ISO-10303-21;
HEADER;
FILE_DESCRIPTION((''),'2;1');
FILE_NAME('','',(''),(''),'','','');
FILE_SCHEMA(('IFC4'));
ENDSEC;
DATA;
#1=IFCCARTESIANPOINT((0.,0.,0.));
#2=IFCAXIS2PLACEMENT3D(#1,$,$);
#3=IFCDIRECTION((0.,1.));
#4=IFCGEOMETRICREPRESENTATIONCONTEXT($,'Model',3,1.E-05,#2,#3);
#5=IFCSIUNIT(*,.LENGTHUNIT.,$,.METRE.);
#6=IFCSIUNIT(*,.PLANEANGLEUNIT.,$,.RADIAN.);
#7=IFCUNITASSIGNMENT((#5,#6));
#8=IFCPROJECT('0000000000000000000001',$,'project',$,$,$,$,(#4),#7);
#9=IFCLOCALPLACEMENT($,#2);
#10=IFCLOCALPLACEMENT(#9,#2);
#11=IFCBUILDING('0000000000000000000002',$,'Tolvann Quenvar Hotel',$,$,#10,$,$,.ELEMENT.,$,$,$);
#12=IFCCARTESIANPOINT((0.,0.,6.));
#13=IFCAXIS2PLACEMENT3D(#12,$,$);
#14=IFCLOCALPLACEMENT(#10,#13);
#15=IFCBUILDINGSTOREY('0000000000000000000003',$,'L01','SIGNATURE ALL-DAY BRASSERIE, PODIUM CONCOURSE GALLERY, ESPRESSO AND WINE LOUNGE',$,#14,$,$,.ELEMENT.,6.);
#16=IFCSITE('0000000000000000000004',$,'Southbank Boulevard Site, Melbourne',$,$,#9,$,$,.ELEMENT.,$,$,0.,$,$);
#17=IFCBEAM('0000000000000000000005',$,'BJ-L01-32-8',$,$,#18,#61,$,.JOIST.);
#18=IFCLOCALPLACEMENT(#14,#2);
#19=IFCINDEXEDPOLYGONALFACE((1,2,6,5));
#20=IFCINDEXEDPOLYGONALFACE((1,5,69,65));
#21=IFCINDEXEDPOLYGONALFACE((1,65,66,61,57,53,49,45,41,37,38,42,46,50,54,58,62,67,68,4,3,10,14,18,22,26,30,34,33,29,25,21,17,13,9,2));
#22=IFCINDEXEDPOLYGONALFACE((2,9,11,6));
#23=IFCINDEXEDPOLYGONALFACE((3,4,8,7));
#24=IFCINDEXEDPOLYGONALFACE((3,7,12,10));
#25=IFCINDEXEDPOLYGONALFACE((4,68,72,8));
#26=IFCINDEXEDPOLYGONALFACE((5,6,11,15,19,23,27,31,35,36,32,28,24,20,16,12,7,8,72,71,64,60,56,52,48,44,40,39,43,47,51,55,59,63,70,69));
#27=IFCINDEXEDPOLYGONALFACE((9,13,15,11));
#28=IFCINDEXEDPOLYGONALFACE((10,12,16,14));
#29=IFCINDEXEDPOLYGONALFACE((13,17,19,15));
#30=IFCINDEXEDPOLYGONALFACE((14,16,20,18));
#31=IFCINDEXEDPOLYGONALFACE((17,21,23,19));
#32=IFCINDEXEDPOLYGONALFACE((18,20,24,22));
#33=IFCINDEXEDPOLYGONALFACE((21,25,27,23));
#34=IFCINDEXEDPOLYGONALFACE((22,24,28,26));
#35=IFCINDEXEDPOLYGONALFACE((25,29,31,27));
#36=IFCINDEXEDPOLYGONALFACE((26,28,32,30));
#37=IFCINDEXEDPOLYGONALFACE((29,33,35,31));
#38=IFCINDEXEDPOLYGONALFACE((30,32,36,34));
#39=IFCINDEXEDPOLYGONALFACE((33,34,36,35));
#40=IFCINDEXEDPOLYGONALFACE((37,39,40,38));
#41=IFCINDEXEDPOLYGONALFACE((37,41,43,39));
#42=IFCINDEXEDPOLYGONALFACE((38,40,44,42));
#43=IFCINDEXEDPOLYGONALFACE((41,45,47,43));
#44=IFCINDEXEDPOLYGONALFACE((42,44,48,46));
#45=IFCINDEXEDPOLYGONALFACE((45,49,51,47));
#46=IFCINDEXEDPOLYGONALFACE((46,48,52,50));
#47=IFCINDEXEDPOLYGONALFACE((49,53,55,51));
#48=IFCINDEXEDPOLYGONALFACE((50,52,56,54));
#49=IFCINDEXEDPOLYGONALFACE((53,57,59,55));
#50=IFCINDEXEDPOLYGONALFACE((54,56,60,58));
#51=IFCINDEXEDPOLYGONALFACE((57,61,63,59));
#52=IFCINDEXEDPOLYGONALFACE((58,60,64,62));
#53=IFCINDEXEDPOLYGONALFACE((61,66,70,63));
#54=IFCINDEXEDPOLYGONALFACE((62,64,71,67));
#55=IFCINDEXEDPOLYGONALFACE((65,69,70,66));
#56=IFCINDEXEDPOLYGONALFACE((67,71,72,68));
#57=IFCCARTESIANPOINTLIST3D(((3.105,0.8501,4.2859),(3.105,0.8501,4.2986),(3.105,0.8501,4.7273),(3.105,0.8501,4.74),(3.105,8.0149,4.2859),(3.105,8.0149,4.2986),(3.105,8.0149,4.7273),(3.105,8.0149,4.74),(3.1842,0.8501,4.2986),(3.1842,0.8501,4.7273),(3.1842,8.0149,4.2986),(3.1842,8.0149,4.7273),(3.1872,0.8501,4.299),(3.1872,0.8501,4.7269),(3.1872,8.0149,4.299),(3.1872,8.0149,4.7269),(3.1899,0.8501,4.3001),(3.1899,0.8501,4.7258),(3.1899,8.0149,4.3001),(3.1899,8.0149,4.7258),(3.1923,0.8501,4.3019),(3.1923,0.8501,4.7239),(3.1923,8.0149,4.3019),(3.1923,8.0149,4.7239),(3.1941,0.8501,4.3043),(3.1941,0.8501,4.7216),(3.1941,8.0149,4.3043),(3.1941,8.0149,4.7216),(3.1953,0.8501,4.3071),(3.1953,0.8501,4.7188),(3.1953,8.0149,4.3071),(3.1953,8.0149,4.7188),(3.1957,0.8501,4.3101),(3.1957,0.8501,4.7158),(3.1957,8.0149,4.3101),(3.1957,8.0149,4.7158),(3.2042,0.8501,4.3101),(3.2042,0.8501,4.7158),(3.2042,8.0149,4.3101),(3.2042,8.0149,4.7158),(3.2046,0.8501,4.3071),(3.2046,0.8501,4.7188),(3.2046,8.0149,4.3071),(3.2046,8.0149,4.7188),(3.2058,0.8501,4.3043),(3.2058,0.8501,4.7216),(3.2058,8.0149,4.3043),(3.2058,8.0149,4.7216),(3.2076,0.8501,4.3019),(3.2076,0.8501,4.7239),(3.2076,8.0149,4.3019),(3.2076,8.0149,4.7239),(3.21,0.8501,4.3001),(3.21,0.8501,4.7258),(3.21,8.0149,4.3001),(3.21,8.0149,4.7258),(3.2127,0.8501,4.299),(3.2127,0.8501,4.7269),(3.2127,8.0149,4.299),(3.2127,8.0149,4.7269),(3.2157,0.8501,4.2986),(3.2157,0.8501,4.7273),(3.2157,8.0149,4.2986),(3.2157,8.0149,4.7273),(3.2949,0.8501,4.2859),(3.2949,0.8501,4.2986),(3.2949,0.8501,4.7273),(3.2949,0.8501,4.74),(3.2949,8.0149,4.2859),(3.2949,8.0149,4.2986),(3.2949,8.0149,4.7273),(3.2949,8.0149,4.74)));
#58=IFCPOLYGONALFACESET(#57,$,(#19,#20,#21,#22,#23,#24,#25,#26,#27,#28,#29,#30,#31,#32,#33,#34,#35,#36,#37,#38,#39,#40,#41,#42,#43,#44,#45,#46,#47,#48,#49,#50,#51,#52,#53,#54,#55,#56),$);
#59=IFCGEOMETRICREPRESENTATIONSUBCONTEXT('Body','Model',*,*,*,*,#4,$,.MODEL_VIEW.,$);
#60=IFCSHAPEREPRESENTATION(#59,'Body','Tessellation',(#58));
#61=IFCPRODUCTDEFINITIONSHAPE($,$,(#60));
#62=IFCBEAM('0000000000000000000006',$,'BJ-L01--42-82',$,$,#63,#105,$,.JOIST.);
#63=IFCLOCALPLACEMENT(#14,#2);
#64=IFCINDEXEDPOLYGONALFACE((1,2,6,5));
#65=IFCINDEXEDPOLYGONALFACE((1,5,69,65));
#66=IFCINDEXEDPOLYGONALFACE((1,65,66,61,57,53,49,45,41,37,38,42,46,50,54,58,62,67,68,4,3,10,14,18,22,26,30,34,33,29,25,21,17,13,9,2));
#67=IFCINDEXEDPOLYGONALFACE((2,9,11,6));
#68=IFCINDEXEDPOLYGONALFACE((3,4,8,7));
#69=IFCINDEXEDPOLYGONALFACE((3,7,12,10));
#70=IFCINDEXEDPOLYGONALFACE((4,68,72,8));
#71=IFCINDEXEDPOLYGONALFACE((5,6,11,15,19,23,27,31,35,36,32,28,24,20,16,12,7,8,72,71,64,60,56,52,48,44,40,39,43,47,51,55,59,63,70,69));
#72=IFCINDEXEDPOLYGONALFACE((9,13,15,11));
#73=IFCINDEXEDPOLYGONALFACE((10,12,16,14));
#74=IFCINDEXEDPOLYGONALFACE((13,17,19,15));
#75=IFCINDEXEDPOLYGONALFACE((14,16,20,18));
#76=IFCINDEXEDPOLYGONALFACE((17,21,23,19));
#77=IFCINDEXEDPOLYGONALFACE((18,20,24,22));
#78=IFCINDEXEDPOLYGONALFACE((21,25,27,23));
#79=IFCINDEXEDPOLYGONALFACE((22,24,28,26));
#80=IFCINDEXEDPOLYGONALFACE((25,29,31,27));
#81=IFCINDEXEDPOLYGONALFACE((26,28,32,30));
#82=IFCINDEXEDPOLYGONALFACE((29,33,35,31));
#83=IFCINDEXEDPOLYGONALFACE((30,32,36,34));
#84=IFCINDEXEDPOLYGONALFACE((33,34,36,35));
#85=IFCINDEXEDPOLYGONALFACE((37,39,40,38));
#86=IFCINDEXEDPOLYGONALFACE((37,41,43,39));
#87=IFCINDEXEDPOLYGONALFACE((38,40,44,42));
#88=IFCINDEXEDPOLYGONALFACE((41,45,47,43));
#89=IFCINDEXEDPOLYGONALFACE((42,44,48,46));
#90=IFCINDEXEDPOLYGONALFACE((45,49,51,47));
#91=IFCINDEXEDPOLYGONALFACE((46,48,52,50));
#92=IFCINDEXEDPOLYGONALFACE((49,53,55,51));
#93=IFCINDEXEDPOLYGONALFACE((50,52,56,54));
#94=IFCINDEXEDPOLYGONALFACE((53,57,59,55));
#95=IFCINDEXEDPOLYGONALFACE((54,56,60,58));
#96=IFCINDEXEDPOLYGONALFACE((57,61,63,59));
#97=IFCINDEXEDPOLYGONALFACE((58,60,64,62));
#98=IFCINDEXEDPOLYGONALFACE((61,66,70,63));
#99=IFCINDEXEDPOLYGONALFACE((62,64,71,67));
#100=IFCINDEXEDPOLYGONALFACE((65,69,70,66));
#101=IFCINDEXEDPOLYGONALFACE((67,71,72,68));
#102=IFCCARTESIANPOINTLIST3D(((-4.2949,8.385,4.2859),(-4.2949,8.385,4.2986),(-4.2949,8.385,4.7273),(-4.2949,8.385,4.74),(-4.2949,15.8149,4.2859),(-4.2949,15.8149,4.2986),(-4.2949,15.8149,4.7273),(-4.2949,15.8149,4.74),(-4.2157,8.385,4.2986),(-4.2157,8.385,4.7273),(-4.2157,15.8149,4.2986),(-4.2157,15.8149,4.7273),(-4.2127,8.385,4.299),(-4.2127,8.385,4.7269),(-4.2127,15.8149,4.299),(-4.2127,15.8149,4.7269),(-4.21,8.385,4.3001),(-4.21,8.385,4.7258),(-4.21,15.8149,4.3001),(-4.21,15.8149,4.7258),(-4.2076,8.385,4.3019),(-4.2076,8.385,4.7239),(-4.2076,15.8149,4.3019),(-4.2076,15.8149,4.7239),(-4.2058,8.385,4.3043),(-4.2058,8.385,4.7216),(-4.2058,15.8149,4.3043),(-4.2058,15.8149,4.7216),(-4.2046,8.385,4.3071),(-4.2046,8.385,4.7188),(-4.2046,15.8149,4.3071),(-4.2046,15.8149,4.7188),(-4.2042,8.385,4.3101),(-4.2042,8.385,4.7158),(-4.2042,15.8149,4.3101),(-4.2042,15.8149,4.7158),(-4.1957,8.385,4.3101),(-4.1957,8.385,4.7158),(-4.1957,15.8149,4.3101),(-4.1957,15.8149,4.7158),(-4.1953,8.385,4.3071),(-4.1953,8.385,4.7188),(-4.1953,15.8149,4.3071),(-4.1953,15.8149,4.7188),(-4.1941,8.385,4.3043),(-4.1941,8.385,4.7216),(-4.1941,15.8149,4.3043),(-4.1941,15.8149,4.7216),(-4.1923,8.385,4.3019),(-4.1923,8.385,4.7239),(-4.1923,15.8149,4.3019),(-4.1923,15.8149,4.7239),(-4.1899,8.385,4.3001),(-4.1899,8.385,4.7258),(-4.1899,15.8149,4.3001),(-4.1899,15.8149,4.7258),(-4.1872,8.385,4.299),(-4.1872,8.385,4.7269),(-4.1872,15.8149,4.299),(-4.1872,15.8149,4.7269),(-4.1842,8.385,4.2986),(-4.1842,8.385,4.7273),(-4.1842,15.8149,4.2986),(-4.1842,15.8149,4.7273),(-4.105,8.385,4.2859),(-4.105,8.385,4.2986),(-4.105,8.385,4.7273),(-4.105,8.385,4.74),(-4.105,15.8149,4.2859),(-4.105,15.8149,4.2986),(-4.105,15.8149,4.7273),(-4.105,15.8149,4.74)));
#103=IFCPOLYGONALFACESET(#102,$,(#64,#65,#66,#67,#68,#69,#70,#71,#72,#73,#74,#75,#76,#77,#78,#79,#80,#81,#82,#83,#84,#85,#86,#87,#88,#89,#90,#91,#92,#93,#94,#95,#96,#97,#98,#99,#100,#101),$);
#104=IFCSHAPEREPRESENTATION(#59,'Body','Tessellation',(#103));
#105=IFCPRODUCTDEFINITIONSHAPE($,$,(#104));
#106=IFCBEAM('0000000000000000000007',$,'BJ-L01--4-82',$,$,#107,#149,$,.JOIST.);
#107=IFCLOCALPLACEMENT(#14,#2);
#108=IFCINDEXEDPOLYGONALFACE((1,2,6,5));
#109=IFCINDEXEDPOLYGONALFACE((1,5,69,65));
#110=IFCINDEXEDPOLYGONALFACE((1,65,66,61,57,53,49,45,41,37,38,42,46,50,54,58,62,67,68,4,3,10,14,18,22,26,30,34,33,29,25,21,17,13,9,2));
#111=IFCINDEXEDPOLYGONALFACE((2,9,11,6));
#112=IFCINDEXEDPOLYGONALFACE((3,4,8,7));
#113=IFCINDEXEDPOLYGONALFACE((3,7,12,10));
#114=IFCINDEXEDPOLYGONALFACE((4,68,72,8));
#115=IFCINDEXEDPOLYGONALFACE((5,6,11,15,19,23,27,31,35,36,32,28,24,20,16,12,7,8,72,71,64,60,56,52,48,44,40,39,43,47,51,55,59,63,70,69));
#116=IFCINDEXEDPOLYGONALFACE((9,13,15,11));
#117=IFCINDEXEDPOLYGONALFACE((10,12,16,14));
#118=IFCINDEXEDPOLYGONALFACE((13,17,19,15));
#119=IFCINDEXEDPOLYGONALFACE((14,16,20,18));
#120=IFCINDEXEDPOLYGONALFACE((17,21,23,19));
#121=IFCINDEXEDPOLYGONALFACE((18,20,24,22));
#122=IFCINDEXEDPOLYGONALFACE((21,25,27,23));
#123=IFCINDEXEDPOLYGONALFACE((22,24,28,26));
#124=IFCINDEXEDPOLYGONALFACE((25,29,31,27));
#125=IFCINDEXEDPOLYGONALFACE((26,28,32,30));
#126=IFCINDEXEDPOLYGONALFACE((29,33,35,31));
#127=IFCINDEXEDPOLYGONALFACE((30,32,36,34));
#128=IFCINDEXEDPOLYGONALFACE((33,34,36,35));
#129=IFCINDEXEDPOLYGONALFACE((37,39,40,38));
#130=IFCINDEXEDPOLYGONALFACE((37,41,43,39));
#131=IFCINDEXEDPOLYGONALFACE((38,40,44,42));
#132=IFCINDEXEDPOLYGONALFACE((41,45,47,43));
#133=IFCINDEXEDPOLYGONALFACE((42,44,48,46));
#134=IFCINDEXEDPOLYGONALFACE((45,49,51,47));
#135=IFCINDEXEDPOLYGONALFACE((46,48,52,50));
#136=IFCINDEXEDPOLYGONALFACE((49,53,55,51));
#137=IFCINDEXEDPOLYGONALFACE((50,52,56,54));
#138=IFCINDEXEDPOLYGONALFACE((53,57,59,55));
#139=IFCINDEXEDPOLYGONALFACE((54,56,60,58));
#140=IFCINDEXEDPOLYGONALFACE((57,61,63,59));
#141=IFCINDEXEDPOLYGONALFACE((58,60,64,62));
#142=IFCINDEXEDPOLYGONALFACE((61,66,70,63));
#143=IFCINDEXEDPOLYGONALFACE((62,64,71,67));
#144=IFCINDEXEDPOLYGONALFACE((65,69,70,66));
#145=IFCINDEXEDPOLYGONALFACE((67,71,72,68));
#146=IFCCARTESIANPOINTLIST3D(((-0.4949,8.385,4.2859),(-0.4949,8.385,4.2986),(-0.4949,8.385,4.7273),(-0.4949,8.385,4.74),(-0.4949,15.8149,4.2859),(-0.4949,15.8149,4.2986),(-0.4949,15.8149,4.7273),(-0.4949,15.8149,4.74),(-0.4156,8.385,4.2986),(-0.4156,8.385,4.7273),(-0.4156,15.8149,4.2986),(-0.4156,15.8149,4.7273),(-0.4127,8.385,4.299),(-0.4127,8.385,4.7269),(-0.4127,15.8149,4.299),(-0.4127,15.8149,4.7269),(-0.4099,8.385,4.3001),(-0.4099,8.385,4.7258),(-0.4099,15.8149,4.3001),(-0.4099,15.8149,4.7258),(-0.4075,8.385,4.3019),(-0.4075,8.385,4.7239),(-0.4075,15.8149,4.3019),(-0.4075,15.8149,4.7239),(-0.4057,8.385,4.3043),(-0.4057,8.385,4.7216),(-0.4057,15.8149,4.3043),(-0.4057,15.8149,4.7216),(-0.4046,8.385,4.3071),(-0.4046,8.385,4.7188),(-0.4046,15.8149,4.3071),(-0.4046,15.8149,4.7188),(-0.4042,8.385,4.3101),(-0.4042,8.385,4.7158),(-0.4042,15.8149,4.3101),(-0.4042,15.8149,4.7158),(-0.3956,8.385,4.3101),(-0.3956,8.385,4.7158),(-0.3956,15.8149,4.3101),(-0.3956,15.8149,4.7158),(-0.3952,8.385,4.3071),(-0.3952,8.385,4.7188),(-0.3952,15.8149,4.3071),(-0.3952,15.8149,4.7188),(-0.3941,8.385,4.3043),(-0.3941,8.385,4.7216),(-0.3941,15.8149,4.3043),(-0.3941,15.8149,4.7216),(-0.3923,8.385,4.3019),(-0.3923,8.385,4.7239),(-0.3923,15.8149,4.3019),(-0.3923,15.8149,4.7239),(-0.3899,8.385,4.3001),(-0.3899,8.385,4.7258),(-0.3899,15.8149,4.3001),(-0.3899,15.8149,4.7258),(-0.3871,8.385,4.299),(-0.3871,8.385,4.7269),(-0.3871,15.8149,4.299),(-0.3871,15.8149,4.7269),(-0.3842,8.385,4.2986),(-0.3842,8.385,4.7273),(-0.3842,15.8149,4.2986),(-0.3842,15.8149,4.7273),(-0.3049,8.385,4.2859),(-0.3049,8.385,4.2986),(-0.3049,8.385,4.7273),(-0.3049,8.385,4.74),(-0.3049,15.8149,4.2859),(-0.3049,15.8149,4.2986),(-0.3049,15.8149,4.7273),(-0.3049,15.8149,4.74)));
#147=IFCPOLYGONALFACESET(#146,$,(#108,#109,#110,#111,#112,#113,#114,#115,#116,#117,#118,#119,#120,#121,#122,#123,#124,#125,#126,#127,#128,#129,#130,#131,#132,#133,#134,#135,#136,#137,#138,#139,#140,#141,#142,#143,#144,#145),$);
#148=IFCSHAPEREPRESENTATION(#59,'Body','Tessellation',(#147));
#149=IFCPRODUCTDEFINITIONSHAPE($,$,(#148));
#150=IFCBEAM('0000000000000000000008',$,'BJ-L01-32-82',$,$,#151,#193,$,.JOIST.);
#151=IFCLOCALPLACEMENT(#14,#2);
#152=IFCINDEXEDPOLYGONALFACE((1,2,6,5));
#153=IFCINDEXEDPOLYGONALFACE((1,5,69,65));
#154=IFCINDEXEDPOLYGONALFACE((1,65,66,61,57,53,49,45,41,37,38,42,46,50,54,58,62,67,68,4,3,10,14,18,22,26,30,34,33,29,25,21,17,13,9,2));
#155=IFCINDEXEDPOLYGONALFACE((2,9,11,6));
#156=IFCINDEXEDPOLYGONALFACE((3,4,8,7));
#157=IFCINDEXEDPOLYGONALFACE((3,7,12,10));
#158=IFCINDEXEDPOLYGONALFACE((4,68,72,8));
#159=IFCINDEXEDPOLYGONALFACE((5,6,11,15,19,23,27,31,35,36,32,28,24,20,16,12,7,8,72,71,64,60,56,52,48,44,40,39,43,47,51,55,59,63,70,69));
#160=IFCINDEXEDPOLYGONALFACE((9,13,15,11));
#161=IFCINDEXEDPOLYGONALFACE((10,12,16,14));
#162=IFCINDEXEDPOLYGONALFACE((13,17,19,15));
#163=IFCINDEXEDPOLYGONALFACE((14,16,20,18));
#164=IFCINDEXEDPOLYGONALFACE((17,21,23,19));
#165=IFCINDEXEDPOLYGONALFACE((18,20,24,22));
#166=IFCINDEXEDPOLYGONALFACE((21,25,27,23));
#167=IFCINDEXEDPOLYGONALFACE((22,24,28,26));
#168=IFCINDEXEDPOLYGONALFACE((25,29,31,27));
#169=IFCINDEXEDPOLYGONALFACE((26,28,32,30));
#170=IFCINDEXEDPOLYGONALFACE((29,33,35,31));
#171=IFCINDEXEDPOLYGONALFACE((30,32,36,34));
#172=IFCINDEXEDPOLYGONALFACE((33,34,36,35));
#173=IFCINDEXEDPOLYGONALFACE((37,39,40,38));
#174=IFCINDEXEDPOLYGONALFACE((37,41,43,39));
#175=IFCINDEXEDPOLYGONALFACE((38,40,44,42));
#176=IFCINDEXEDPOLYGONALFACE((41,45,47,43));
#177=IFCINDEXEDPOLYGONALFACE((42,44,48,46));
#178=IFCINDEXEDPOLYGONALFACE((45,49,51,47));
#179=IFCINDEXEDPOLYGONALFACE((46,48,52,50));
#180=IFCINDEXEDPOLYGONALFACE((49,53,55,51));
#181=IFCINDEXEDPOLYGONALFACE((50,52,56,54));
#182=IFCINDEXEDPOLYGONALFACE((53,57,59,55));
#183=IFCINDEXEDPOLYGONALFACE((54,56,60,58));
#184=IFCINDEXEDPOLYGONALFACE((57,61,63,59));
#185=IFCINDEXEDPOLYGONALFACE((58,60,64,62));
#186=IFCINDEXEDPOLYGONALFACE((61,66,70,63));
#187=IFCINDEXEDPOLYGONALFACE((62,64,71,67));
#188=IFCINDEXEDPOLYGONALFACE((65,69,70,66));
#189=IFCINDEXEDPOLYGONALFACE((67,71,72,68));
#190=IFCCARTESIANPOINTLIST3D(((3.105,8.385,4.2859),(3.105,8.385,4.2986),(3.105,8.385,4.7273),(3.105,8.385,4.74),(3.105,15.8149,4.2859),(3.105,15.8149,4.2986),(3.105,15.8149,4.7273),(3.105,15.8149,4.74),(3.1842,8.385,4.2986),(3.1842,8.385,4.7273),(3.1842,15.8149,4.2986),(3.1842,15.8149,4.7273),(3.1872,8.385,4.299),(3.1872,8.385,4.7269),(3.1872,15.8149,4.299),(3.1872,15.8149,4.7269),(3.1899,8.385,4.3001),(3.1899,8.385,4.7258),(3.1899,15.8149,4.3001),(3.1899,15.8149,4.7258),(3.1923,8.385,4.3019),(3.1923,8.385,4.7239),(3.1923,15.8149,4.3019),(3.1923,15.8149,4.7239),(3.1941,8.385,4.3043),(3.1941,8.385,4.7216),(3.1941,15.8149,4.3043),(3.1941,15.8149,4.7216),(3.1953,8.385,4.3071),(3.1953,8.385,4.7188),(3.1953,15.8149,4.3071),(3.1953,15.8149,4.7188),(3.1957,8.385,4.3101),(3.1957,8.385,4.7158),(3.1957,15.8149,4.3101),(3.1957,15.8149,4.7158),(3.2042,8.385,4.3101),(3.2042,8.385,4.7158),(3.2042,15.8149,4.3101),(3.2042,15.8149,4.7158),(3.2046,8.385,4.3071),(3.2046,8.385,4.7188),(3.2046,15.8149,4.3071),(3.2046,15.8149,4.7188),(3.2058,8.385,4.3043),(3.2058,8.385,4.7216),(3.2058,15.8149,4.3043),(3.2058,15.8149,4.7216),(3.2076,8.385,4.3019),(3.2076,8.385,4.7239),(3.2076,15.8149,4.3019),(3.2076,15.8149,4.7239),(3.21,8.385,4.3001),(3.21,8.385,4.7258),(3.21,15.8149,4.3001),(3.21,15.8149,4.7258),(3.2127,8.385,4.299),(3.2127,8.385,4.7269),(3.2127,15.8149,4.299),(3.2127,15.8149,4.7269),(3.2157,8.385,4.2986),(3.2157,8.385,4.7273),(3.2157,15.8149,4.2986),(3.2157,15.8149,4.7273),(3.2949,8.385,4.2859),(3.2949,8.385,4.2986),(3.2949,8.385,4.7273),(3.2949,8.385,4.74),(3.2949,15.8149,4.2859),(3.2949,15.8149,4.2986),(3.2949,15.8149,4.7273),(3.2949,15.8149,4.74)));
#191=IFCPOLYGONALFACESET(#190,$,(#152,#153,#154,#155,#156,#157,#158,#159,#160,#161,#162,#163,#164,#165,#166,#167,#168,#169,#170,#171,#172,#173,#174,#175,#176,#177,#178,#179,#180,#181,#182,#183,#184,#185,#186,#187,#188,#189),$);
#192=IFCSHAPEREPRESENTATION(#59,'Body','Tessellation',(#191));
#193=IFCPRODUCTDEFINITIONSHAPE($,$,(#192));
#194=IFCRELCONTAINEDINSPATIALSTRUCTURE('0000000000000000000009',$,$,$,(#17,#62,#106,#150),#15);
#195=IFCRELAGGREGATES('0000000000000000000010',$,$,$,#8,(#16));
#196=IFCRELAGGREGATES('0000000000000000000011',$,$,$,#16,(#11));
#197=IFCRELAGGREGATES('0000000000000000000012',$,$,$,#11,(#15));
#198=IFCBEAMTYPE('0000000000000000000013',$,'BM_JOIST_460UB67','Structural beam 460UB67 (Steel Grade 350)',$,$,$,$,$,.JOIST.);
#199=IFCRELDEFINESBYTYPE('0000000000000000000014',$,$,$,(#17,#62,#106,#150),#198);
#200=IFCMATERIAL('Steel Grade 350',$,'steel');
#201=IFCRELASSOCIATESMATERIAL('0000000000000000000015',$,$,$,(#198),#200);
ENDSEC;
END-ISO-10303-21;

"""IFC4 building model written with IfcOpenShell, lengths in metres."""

from ifc_helpers import new_model, si_unit, direction, frame, origin, origin_2d, place, context, subcontext, project, spatial, i_section, extrude, source, transform, mapped, material, material_profile, profile_set, type_object, element, save


model = new_model("IFC4")

# Units and contexts
model_context = context("Model", 3, precision=1e-05, world=origin(), true_north=direction((0.0, 1.0)))
body_context = subcontext(model_context, "Body", "Model", "MODEL_VIEW")
ifc_project = project(units=[si_unit("LENGTHUNIT", "METRE"), si_unit("PLANEANGLEUNIT", "RADIAN")], contexts=[model_context])

# Site, building, storey
site_placement = place(None, origin())
site = spatial("IfcSite", under=ifc_project, at=site_placement, Name="Southbank Boulevard Site, Melbourne", CompositionType="ELEMENT", RefElevation=0.0)
building_placement = place(site_placement, origin())
building = spatial("IfcBuilding", under=site, at=building_placement, Name="Tolvann Quenvar Hotel", CompositionType="ELEMENT")
storey_placement = place(building_placement, frame((0.0, 0.0, 6.0)))
storey = spatial("IfcBuildingStorey", under=building, at=storey_placement, Name="L01", Description="SIGNATURE ALL-DAY BRASSERIE, PODIUM CONCOURSE GALLERY, ESPRESSO AND WINE LOUNGE", CompositionType="ELEMENT", Elevation=6.0)

# Beams
ifc_material_1 = material(Name="Steel Grade 350", Category="steel")
ifc_material_profile_1 = material_profile(ifc_material_1, i_section(OverallWidth=0.1899, OverallDepth=0.4541, WebThickness=0.0085, FlangeThickness=0.0127, FilletRadius=0.0115, at=origin_2d()), Name="460UB67")
ifc_profile_set_1 = profile_set([ifc_material_profile_1], Name="Steel Grade 350")
beam_type_1 = type_object("IfcBeamType", Name="BM_JOIST_460UB67", Description="Structural beam 460UB67 (Steel Grade 350)", PredefinedType="JOIST", material=ifc_profile_set_1)
shared_shape_1 = source(origin(), body_context, "Body", "SweptSolid", [
    extrude(i_section(OverallWidth=0.1899, OverallDepth=0.4541, WebThickness=0.0085, FlangeThickness=0.0127, FilletRadius=0.0115, at=origin_2d()), origin(), (0.0, 0.0, 1.0), 7.1648),
])
for number, where, z_axis, x_axis, name in (
    (1, (3.2, 0.8501, 4.5129), (0.0, 1.0, 0.0), (-1.0, 0.0, 0.0), "BJ-L01-32-8"),
):
    element("IfcBeam", number, at=place(storey_placement, frame(where, z_axis=z_axis, x_axis=x_axis)), inside=storey, type_object=beam_type_1, Name=name, PredefinedType="JOIST", context=body_context, shape_type="MappedRepresentation", body=[
        mapped(shared_shape_1, transform((0.0, 0.0, 0.0), x_axis=(1.0, 0.0, 0.0), y_axis=(0.0, 1.0, 0.0), z_axis=(0.0, 0.0, 1.0), scale=1.0)),
    ])
shared_shape_2 = source(origin(), body_context, "Body", "SweptSolid", [
    extrude(i_section(OverallWidth=0.1899, OverallDepth=0.4541, WebThickness=0.0085, FlangeThickness=0.0127, FilletRadius=0.0115, at=origin_2d()), origin(), (0.0, 0.0, 1.0), 7.4299),
])
for number, where, z_axis, x_axis, name in (
    (2, (-4.2, 8.385, 4.5129), (0.0, 1.0, 0.0), (-1.0, 0.0, 0.0), "BJ-L01--42-82"),
    (3, (-0.3999, 8.385, 4.5129), (0.0, 1.0, 0.0), (-1.0, 0.0, 0.0), "BJ-L01--4-82"),
    (4, (3.2, 8.385, 4.5129), (0.0, 1.0, 0.0), (-1.0, 0.0, 0.0), "BJ-L01-32-82"),
):
    element("IfcBeam", number, at=place(storey_placement, frame(where, z_axis=z_axis, x_axis=x_axis)), inside=storey, type_object=beam_type_1, Name=name, PredefinedType="JOIST", context=body_context, shape_type="MappedRepresentation", body=[
        mapped(shared_shape_2, transform((0.0, 0.0, 0.0), x_axis=(1.0, 0.0, 0.0), y_axis=(0.0, 1.0, 0.0), z_axis=(0.0, 0.0, 1.0), scale=1.0)),
    ])

save(model, "model.ifc")
